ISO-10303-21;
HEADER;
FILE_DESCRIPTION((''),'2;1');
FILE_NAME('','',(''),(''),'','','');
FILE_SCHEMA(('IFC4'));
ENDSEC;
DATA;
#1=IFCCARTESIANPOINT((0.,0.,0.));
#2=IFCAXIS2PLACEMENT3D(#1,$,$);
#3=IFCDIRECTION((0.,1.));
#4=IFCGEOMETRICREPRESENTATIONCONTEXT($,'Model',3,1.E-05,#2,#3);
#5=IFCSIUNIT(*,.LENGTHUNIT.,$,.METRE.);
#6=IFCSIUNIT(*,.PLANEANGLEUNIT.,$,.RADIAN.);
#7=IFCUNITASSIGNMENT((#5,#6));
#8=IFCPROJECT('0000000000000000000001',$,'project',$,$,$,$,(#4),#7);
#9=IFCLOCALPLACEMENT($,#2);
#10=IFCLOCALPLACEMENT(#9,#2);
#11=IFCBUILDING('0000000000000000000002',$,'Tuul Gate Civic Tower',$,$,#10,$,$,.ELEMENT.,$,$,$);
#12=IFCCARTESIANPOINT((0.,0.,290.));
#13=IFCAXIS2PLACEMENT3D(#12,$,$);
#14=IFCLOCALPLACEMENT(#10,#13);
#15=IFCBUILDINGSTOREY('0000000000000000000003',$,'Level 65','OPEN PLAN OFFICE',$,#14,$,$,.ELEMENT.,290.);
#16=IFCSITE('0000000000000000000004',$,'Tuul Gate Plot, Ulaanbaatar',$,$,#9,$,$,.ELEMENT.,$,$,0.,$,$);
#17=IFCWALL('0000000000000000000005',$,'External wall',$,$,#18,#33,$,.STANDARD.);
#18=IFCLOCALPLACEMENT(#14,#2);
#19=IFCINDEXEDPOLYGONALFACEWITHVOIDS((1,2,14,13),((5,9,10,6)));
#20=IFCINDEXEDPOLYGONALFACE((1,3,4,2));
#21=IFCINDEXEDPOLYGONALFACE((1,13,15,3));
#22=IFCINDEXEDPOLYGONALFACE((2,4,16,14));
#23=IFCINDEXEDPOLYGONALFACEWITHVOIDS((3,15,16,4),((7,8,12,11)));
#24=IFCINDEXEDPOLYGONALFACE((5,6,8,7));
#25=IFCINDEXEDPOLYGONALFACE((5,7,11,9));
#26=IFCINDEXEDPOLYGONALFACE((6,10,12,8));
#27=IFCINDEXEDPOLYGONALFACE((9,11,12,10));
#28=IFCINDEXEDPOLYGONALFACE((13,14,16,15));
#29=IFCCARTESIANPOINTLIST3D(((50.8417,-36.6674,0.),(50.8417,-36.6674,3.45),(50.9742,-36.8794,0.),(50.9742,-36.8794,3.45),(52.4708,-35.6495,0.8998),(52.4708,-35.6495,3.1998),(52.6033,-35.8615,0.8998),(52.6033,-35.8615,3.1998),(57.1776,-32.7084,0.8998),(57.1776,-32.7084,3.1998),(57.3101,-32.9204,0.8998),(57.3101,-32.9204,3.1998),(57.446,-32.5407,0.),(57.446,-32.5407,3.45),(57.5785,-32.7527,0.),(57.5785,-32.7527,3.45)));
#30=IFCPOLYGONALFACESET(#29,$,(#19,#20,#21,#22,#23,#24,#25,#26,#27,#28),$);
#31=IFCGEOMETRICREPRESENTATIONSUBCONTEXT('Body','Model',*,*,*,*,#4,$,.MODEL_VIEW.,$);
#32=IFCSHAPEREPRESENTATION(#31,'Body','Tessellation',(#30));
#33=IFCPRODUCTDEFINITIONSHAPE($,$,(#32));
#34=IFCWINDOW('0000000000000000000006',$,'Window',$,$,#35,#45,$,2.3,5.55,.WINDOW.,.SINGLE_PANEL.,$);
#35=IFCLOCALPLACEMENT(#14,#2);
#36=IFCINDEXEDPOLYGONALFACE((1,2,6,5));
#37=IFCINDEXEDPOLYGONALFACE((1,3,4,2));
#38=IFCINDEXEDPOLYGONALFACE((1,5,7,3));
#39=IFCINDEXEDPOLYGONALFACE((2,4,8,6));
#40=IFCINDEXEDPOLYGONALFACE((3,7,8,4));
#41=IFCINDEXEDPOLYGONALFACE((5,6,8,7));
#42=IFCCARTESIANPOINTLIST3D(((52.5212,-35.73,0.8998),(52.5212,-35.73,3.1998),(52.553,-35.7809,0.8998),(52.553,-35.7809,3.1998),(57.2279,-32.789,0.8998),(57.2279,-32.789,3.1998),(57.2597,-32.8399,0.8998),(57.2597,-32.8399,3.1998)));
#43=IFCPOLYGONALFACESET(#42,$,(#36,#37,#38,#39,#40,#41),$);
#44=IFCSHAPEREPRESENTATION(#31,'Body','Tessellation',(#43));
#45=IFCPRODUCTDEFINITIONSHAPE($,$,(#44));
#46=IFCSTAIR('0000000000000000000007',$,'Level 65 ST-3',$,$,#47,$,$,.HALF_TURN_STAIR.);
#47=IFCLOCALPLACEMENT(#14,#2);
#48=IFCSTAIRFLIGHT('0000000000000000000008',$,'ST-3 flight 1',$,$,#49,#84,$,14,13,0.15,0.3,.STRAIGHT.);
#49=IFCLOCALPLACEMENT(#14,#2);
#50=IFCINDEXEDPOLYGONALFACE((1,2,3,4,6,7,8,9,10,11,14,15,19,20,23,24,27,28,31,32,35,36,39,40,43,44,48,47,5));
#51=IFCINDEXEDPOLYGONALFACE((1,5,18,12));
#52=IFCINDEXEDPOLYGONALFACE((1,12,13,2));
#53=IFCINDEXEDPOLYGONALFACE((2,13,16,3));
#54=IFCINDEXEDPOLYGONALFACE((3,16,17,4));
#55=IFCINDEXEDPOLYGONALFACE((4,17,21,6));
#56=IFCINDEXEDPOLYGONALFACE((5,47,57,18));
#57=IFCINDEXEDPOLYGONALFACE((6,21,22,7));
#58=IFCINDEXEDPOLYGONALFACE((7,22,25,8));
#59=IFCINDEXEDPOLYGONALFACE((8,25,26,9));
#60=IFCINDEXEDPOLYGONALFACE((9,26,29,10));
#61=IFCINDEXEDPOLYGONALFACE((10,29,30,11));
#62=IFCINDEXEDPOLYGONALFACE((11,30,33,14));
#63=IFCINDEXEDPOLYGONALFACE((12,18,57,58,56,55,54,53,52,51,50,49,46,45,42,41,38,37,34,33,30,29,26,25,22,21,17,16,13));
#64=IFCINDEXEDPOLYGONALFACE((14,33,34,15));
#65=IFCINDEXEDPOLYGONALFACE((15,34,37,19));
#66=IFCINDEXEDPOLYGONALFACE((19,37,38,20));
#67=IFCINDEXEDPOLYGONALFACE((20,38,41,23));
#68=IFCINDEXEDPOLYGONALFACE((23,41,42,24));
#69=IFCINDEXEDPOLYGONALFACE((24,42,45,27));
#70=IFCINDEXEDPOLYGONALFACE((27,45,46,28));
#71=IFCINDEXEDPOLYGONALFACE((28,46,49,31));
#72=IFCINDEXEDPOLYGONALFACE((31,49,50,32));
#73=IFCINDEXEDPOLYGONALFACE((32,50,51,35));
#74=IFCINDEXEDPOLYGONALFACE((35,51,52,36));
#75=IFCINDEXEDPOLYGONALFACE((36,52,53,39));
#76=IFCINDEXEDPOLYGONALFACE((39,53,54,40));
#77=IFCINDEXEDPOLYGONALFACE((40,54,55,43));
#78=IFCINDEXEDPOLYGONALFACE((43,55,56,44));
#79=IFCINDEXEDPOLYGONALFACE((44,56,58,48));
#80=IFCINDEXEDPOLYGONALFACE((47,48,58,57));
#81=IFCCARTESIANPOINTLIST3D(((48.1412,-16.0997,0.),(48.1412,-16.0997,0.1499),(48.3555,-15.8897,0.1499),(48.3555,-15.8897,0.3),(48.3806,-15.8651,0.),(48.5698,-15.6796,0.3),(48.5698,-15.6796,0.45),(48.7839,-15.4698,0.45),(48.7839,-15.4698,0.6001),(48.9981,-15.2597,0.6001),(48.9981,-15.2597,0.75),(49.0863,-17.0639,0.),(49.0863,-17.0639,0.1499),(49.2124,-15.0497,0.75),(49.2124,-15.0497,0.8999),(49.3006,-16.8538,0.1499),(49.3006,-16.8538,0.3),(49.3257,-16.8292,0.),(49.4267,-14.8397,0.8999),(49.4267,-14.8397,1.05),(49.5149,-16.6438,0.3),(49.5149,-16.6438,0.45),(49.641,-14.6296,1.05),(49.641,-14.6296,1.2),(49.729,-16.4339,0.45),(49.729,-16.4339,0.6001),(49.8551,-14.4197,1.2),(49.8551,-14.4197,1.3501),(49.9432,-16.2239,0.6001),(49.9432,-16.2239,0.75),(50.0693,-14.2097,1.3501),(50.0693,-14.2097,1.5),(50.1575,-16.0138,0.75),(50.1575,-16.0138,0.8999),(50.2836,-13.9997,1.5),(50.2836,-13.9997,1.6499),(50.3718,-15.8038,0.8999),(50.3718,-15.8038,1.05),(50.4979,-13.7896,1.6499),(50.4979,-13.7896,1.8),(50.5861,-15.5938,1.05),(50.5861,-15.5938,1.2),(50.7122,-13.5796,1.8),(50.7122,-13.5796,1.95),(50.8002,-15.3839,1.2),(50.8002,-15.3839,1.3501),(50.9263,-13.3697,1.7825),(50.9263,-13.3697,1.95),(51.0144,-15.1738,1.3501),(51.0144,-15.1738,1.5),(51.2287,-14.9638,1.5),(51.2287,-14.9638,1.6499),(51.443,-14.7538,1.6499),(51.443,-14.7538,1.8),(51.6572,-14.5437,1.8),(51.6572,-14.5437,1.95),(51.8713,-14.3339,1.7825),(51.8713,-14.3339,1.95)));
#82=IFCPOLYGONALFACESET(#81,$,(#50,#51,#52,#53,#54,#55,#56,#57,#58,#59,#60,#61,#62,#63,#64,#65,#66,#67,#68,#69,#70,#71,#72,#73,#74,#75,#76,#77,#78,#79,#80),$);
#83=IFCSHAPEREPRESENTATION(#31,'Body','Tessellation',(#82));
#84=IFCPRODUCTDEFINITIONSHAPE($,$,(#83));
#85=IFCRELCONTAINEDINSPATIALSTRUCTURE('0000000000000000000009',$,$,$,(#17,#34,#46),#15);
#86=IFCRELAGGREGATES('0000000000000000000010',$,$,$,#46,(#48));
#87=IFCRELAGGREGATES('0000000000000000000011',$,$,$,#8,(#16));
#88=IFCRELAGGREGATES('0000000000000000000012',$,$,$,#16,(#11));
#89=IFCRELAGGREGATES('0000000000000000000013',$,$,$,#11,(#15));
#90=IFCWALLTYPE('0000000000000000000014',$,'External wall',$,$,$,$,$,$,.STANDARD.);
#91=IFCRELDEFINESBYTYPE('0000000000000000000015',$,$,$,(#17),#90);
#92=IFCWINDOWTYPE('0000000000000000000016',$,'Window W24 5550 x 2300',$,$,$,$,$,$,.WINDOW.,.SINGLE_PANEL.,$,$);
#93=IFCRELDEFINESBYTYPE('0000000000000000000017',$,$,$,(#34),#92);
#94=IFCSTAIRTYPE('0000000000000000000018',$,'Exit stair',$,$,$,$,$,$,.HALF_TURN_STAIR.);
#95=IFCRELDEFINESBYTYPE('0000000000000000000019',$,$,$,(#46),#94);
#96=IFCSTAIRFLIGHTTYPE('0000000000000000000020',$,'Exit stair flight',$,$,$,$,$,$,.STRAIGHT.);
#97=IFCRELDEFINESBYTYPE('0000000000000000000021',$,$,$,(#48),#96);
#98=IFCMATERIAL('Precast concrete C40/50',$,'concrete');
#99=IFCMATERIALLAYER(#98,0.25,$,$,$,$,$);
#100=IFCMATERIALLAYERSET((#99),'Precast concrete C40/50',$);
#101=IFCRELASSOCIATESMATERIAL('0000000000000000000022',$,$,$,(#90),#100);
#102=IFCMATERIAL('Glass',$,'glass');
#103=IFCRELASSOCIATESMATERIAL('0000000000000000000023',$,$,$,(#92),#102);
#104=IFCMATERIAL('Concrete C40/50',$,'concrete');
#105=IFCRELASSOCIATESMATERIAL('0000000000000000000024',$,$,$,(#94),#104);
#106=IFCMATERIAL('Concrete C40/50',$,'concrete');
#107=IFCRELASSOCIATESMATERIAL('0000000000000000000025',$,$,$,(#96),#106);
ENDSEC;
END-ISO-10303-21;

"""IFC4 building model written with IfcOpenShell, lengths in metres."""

from ifc_helpers import new_model, si_unit, direction, frame, frame_2d, origin, place, context, subcontext, project, spatial, polyline, rectangle, outline, extrude, material, layer, layer_set, type_object, element, fill, aggregate, save


model = new_model("IFC4")

# Units and contexts
model_context = context("Model", 3, precision=1e-05, world=origin(), true_north=direction((0.0, 1.0)))
body_context = subcontext(model_context, "Body", "Model", "MODEL_VIEW")
ifc_project = project(units=[si_unit("LENGTHUNIT", "METRE"), si_unit("PLANEANGLEUNIT", "RADIAN")], contexts=[model_context])

# Site, building, storey
site_placement = place(None, origin())
site = spatial("IfcSite", under=ifc_project, at=site_placement, Name="Tuul Gate Plot, Ulaanbaatar", CompositionType="ELEMENT", RefElevation=0.0)
building_placement = place(site_placement, origin())
building = spatial("IfcBuilding", under=site, at=building_placement, Name="Tuul Gate Civic Tower", CompositionType="ELEMENT")
storey_placement = place(building_placement, frame((0.0, 0.0, 290.0)))
storey = spatial("IfcBuildingStorey", under=building, at=storey_placement, Name="Level 65", Description="OPEN PLAN OFFICE", CompositionType="ELEMENT", Elevation=290.0)

# Wall, opening, window
ifc_material_1 = material(Name="Precast concrete C40/50", Category="concrete")
ifc_layer_1 = layer(ifc_material_1, 0.25)
ifc_layer_set_1 = layer_set([ifc_layer_1], Name="Precast concrete C40/50")
wall_type_1 = type_object("IfcWallType", Name="External wall", PredefinedType="STANDARD", material=ifc_layer_set_1)
wall_1_placement = place(storey_placement, frame((50.908, -36.7734, 0.0), z_axis=(0.0, 0.0, 1.0), x_axis=(0.848053, 0.529912, 0.0)))
wall_1 = element("IfcWall", 1, at=wall_1_placement, inside=storey, type_object=wall_type_1, Name="External wall", PredefinedType="STANDARD", context=body_context, shape_type="SweptSolid", body=[
    extrude(rectangle(XDim=7.7876, YDim=0.25, at=frame_2d((3.8938, 0.0))), origin(), (0.0, 0.0, 1.0), 3.45),
])
opening_1_placement = place(wall_1_placement, frame((1.9211, 0.0, 0.8999)))
opening_1 = element("IfcOpeningElement", 2, at=opening_1_placement, cuts=wall_1, PredefinedType="OPENING", context=body_context, shape_type="SweptSolid", body=[
    extrude(rectangle(XDim=5.55, YDim=2.3, at=frame_2d((2.7749, 1.1499))), frame((0.0, 0.135, 0.0), z_axis=(0.0, -1.0, 0.0), x_axis=(1.0, 0.0, 0.0)), (0.0, 0.0, 1.0), 0.27),
])
ifc_material_2 = material(Name="Glass", Category="glass")
window_type_1 = type_object("IfcWindowType", Name="Window W24 5550 x 2300", PartitioningType="SINGLE_PANEL", PredefinedType="WINDOW", material=ifc_material_2)
window_1_placement = place(opening_1_placement, origin())
window_1 = element("IfcWindow", 3, at=window_1_placement, inside=storey, type_object=window_type_1, Name="Window", OverallHeight=2.3, OverallWidth=5.55, PartitioningType="SINGLE_PANEL", PredefinedType="WINDOW", context=body_context, shape_type="SweptSolid", body=[
    extrude(rectangle(XDim=5.55, YDim=2.3, at=frame_2d((2.7749, 1.1499))), frame((0.0, 0.03, 0.0), z_axis=(0.0, -1.0, 0.0), x_axis=(1.0, 0.0, 0.0)), (0.0, 0.0, 1.0), 0.0601),
])
fill(opening_1, window_1)

# Stair, stair flight
ifc_material_3 = material(Name="Concrete C40/50", Category="concrete")
stair_type = type_object("IfcStairType", Name="Exit stair", PredefinedType="HALF_TURN_STAIR", material=ifc_material_3)
stair_placement = place(storey_placement, origin())
stair = element("IfcStair", 4, at=stair_placement, inside=storey, type_object=stair_type, Name="Level 65 ST-3", PredefinedType="HALF_TURN_STAIR")
ifc_material_4 = material(Name="Concrete C40/50", Category="concrete")
stair_flight_type = type_object("IfcStairFlightType", Name="Exit stair flight", PredefinedType="STRAIGHT", material=ifc_material_4)
stair_flight_placement = place(storey_placement, frame((48.6138, -16.5818, 0.0), z_axis=(0.0, 0.0, 1.0), x_axis=(0.714127, 0.700016, 0.0)))
stair_flight = element("IfcStairFlight", 5, at=stair_flight_placement, type_object=stair_flight_type, Name="ST-3 flight 1", NumberOfRisers=14, NumberOfTreads=13, PredefinedType="STRAIGHT", RiserHeight=0.15, TreadLength=0.3, context=body_context, shape_type="SweptSolid", body=[
    extrude(outline(polyline([(0.0, 0.0), (0.0, 0.1499), (0.3, 0.1499), (0.3, 0.3), (0.6001, 0.3), (0.6001, 0.45), (0.8999, 0.45), (0.8999, 0.6001), (1.2, 0.6001), (1.2, 0.75), (1.5, 0.75), (1.5, 0.8999), (1.8, 0.8999), (1.8, 1.05), (2.1001, 1.05), (2.1001, 1.2), (2.3999, 1.2), (2.3999, 1.3501), (2.7, 1.3501), (2.7, 1.5), (3.0, 1.5), (3.0, 1.6499), (3.3, 1.6499), (3.3, 1.8), (3.6001, 1.8), (3.6001, 1.95), (3.8999, 1.95), (3.8999, 2.1001), (3.8999, 1.7825), (0.3352, 0.0), (0.0, 0.0)])), frame((0.0, 0.675, 0.0), z_axis=(0.0, -1.0, 0.0), x_axis=(1.0, 0.0, 0.0)), (0.0, 0.0, 1.0), 1.3501),
])
aggregate(stair, [stair_flight])

save(model, "model.ifc")
